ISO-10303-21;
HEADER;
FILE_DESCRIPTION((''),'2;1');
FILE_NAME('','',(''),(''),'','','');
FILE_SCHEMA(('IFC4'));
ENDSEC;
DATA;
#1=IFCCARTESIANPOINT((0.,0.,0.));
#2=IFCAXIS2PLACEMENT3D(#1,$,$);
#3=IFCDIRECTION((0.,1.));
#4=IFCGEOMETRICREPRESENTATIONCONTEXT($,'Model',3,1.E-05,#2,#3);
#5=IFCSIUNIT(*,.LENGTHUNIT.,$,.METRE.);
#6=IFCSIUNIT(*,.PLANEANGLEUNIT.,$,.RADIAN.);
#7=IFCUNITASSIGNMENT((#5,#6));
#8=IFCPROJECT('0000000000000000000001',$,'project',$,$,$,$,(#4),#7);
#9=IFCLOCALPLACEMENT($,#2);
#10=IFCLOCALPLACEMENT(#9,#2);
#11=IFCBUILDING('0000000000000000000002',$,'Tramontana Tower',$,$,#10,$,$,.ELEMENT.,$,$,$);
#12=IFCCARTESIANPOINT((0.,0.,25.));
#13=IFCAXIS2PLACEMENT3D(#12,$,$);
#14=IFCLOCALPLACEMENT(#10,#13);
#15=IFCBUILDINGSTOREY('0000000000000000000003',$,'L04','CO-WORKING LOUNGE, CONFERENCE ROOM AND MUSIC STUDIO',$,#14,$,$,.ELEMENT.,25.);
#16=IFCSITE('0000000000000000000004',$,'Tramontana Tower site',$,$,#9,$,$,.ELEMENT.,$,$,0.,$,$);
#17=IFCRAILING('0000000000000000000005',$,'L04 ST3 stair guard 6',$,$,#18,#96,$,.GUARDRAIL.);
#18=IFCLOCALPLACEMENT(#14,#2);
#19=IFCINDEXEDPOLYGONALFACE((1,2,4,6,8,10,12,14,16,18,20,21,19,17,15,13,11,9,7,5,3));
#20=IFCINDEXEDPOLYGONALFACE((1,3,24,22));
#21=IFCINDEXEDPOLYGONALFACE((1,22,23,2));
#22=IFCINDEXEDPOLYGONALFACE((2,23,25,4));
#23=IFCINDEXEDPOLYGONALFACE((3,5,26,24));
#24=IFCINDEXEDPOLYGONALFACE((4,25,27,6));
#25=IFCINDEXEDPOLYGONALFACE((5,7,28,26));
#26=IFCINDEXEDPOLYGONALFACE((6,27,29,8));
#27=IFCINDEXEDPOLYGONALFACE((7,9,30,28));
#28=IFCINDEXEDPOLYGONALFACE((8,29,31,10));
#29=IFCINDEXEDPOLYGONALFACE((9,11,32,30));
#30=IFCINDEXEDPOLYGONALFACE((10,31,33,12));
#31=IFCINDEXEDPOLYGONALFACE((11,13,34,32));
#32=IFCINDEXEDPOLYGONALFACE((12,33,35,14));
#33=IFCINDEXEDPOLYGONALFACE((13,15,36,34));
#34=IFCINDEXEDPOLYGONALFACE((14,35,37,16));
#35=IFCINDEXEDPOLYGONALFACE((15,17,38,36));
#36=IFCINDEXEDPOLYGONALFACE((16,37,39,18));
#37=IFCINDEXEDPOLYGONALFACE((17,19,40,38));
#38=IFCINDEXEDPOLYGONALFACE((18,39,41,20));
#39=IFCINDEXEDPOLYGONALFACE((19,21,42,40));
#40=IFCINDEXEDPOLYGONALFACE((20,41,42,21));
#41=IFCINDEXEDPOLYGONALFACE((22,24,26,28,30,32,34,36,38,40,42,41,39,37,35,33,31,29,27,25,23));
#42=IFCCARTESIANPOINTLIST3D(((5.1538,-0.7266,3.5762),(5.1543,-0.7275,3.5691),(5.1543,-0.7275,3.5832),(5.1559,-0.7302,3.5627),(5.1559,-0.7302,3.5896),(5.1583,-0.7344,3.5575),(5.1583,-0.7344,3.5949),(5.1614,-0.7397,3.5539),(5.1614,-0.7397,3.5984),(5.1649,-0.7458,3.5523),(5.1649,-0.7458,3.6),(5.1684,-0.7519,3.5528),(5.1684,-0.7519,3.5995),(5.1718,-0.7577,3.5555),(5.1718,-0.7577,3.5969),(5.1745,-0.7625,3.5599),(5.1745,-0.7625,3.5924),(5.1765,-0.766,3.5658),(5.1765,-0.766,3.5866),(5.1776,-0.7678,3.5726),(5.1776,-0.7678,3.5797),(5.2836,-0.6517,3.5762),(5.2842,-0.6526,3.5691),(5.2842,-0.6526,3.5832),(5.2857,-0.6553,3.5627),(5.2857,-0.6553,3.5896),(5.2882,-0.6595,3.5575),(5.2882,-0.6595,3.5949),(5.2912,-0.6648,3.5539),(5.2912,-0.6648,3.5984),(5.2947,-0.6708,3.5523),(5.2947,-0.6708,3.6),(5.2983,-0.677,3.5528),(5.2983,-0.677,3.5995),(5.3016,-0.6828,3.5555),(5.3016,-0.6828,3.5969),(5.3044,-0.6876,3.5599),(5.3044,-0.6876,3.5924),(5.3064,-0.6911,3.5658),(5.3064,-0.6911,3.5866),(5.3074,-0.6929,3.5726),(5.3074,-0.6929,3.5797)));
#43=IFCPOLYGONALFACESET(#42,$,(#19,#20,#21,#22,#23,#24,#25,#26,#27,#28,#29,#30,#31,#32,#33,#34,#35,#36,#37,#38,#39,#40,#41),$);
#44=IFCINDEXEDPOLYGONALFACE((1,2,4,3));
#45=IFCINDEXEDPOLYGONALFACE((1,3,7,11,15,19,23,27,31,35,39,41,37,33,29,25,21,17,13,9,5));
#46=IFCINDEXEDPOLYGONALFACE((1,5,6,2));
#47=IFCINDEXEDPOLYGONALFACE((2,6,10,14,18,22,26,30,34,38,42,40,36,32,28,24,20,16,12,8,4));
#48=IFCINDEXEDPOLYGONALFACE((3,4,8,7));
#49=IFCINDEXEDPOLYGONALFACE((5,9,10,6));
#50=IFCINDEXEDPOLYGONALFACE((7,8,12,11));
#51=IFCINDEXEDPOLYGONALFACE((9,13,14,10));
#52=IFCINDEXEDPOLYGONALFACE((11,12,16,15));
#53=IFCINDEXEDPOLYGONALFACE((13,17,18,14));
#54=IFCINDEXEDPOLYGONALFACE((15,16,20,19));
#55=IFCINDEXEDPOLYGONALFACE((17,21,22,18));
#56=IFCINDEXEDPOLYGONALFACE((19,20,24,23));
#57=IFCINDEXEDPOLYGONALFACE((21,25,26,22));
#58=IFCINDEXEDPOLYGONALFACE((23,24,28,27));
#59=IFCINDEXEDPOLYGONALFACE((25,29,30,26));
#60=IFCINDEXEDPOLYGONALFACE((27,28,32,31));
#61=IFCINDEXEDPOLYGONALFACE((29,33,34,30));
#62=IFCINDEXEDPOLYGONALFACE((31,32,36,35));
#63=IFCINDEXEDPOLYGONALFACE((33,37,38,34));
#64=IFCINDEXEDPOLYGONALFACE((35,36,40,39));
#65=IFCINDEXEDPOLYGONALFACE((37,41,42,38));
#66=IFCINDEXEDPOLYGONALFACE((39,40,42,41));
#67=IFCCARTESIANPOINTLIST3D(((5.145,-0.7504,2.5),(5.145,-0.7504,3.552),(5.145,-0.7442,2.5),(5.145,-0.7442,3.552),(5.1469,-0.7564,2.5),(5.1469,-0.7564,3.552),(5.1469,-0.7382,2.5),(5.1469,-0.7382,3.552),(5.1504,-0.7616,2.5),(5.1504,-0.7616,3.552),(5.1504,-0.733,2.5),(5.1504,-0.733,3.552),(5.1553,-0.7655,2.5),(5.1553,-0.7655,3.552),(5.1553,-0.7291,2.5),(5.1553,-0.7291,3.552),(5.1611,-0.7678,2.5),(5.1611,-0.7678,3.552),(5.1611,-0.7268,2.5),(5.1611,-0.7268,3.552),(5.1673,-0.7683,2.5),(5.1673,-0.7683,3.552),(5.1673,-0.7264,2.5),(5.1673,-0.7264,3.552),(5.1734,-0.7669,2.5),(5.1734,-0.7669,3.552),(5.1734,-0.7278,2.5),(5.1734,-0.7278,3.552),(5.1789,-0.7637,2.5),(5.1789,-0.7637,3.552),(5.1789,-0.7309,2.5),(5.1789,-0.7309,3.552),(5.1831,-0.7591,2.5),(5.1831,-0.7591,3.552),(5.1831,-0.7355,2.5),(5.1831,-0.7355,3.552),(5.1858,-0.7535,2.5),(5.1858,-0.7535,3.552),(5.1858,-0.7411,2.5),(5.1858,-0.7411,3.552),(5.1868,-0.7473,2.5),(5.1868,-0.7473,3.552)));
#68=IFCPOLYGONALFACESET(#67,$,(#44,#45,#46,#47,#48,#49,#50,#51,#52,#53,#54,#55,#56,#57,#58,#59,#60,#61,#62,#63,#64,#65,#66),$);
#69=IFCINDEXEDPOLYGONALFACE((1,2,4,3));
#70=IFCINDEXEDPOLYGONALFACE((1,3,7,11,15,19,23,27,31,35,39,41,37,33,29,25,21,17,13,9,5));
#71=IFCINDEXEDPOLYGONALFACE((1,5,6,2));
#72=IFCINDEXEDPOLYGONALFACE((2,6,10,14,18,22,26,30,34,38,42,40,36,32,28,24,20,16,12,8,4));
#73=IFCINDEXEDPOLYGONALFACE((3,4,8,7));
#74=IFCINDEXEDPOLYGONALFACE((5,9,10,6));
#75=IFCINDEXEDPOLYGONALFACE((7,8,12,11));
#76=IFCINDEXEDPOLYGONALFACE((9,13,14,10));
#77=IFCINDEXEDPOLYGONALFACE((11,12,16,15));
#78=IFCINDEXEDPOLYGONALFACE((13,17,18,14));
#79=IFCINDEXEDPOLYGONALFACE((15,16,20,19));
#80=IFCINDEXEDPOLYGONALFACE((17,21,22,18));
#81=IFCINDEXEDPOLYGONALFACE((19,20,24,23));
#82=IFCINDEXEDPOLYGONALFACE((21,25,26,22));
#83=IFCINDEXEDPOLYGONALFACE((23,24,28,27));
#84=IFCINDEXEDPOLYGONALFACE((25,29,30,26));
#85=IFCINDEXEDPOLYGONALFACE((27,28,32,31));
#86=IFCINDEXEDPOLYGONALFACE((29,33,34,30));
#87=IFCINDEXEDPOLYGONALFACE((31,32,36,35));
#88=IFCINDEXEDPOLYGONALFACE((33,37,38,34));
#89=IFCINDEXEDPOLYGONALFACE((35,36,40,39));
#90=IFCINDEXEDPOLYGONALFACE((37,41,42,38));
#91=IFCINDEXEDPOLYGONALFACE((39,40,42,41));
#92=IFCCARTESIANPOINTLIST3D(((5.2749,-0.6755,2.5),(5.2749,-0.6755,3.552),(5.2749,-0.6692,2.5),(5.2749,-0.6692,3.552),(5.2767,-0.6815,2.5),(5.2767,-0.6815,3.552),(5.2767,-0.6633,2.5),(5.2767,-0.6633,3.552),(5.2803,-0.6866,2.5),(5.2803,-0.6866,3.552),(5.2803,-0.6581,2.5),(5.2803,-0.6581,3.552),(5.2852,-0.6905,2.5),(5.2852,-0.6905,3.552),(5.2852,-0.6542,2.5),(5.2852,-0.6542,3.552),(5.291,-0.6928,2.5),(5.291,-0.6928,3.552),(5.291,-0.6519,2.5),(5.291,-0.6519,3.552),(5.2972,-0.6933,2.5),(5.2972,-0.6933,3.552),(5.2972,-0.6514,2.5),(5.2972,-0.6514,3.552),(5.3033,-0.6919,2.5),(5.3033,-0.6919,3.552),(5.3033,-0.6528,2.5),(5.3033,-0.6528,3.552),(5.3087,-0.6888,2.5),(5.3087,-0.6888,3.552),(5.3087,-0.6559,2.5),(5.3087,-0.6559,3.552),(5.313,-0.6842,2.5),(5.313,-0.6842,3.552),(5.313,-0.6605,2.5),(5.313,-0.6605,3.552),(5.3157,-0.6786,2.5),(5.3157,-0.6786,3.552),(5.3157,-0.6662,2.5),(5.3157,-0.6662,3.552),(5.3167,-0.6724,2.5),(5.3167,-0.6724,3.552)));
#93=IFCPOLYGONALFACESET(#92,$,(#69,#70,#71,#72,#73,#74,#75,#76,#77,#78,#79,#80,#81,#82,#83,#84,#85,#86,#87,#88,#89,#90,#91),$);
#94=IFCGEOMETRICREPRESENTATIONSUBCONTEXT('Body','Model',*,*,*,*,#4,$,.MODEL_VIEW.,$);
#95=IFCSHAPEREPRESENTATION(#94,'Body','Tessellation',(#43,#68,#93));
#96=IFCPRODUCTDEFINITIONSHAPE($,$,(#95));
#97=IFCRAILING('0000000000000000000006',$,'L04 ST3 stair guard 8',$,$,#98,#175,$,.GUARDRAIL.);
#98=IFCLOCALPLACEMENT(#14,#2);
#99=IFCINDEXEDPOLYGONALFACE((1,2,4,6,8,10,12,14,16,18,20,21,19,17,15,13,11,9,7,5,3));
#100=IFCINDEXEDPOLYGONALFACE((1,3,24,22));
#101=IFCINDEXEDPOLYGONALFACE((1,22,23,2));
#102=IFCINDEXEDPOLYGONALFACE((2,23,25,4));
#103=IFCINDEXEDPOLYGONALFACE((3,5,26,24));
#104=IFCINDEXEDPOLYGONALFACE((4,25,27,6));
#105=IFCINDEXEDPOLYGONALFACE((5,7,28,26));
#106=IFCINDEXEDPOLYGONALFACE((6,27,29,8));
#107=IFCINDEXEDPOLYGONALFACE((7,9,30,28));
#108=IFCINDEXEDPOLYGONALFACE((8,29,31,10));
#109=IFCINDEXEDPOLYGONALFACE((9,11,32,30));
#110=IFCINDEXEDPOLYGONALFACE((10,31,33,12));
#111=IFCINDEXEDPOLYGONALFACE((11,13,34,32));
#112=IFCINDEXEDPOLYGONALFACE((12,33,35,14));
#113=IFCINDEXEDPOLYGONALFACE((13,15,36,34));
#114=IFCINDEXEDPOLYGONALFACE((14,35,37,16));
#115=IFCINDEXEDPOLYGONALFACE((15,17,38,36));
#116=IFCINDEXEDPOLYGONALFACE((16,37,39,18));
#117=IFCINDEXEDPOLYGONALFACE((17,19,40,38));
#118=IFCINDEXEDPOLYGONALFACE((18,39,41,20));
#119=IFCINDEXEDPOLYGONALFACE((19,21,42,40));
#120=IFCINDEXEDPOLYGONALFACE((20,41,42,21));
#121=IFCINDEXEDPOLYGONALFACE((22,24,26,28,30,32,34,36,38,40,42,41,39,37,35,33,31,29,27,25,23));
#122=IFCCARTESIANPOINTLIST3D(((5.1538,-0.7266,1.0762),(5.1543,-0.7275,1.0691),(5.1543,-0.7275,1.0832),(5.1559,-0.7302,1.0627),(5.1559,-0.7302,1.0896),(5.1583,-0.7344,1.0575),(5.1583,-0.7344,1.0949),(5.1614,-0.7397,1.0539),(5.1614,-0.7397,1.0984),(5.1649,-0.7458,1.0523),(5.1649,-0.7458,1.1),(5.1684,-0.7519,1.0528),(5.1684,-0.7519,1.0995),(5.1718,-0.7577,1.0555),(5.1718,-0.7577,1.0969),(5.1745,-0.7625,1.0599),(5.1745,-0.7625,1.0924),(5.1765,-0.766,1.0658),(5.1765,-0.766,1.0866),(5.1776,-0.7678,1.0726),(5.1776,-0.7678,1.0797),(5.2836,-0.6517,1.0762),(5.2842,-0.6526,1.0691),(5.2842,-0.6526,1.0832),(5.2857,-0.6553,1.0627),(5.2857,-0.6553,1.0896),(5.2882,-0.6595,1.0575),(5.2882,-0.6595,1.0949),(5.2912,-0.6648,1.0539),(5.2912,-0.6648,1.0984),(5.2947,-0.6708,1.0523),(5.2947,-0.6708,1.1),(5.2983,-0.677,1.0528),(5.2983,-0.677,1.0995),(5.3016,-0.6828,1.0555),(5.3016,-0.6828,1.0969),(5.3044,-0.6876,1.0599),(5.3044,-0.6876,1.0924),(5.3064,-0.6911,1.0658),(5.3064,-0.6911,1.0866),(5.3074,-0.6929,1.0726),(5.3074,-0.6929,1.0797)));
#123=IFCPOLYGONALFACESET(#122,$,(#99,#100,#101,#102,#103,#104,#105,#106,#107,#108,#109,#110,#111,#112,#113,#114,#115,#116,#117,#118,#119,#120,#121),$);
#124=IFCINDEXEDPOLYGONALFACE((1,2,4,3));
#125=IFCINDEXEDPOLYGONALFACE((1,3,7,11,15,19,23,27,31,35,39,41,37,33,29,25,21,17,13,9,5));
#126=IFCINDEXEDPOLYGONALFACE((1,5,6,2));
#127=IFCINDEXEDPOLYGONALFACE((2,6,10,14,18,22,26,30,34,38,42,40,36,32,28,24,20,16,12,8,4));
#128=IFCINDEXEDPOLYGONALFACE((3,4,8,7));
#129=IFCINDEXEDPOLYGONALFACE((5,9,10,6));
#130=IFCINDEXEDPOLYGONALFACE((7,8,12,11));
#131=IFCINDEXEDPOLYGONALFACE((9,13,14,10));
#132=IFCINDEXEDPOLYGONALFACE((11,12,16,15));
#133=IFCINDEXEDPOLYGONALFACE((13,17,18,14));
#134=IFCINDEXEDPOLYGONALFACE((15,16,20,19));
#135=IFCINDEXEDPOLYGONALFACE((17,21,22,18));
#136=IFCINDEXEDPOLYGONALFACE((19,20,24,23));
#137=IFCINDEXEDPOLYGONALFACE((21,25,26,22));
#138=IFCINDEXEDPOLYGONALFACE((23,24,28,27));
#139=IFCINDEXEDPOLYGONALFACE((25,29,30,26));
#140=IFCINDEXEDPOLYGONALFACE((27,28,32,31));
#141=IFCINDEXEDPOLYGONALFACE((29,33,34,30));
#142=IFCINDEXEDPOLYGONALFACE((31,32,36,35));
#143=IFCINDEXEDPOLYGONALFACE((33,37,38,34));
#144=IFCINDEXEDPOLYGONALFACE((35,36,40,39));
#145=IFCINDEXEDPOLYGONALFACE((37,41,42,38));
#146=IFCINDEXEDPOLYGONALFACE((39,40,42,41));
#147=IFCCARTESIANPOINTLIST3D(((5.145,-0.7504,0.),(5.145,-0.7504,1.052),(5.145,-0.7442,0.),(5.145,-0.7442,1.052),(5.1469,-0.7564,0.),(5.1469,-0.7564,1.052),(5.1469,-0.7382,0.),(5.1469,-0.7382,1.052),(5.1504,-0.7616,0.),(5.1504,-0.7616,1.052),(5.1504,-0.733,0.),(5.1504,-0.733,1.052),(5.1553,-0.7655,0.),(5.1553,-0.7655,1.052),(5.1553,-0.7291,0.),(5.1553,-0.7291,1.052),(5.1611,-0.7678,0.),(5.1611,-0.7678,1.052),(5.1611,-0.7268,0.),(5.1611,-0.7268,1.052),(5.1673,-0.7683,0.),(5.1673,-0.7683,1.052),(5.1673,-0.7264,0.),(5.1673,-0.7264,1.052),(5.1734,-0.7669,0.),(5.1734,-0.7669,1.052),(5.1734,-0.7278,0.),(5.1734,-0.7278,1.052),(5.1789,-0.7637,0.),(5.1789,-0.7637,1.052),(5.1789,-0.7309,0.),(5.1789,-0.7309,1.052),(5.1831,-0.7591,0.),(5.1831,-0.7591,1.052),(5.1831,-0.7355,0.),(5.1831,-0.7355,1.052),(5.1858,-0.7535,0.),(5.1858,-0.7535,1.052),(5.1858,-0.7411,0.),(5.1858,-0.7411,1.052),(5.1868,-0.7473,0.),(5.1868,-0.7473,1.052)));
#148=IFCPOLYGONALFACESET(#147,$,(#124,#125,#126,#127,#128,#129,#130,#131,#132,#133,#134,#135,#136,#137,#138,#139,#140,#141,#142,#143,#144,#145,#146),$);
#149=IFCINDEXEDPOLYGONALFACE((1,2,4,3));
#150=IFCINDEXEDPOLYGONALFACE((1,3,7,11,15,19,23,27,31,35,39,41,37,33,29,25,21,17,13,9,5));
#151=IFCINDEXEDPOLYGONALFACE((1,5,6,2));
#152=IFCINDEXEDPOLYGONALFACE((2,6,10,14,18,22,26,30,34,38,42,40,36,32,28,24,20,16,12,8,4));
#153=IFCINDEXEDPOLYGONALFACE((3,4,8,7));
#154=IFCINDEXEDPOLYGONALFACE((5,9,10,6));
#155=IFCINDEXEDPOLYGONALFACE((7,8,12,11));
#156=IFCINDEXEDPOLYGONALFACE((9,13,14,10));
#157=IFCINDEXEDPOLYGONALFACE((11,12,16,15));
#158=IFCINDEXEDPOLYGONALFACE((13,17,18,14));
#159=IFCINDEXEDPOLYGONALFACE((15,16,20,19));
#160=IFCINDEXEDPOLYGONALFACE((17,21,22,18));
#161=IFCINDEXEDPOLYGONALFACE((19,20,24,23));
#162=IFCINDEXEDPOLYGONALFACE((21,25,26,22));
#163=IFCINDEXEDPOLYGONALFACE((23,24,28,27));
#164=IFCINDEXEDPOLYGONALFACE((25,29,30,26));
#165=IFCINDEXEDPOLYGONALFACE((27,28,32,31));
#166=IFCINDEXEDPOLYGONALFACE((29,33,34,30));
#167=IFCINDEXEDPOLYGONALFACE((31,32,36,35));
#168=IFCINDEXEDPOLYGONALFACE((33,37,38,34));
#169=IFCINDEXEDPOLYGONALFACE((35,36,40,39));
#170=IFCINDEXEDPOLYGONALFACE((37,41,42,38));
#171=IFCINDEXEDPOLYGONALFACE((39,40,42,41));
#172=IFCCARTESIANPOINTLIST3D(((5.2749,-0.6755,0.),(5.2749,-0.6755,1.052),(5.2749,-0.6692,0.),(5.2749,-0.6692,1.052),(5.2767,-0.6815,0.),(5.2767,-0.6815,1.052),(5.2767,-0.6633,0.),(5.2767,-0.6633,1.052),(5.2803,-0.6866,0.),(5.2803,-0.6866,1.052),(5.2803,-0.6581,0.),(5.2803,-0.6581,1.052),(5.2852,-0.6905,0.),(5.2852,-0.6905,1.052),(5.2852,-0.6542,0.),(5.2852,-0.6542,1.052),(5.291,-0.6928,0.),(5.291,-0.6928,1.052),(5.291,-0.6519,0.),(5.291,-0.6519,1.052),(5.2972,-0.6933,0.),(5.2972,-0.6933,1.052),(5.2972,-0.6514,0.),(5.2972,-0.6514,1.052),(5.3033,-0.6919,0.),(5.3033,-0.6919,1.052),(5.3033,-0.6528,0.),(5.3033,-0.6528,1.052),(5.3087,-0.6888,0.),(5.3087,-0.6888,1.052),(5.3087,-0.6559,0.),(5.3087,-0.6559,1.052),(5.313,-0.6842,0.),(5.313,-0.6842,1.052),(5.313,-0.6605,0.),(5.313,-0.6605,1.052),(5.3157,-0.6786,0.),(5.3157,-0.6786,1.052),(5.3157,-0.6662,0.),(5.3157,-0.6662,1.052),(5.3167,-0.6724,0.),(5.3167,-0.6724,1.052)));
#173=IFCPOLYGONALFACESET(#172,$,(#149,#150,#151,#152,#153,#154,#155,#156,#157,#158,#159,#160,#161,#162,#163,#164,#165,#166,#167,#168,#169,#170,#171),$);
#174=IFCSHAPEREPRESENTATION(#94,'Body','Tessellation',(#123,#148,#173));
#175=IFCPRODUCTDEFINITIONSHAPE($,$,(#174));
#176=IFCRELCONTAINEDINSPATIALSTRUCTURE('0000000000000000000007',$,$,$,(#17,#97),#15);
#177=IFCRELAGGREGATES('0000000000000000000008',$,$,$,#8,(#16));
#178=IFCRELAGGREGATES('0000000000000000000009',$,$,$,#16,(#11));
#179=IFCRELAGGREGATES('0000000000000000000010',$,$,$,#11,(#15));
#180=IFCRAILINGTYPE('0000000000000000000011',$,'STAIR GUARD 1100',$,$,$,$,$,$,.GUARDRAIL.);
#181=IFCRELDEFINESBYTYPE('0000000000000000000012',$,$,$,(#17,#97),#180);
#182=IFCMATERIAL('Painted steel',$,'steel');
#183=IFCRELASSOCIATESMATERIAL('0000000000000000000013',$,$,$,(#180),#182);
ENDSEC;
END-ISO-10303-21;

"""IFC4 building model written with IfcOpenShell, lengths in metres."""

from ifc_helpers import new_model, si_unit, direction, frame, origin, origin_2d, place, context, subcontext, project, spatial, circle, extrude, material, type_object, element, save


model = new_model("IFC4")

# Units and contexts
model_context = context("Model", 3, precision=1e-05, world=origin(), true_north=direction((0.0, 1.0)))
body_context = subcontext(model_context, "Body", "Model", "MODEL_VIEW")
ifc_project = project(units=[si_unit("LENGTHUNIT", "METRE"), si_unit("PLANEANGLEUNIT", "RADIAN")], contexts=[model_context])

# Site, building, storey
site_placement = place(None, origin())
site = spatial("IfcSite", under=ifc_project, at=site_placement, Name="Tramontana Tower site", CompositionType="ELEMENT", RefElevation=0.0)
building_placement = place(site_placement, origin())
building = spatial("IfcBuilding", under=site, at=building_placement, Name="Tramontana Tower", CompositionType="ELEMENT")
storey_placement = place(building_placement, frame((0.0, 0.0, 25.0)))
storey = spatial("IfcBuildingStorey", under=building, at=storey_placement, Name="L04", Description="CO-WORKING LOUNGE, CONFERENCE ROOM AND MUSIC STUDIO", CompositionType="ELEMENT", Elevation=25.0)

# Railings
ifc_material_1 = material(Name="Painted steel", Category="steel")
railing_type_1 = type_object("IfcRailingType", Name="STAIR GUARD 1100", PredefinedType="GUARDRAIL", material=ifc_material_1)
for number, where, name in (
    (1, (5.1658, -0.7473, 2.5), "L04 ST3 stair guard 6"),
    (2, (5.1658, -0.7473, 0.0), "L04 ST3 stair guard 8"),
):
    element("IfcRailing", number, at=place(storey_placement, frame(where)), inside=storey, type_object=railing_type_1, Name=name, PredefinedType="GUARDRAIL", context=body_context, shape_type="SweptSolid", body=[
        extrude(circle(Radius=0.0239, at=origin_2d()), frame((0.0, 0.0, 1.0762), z_axis=(0.866131, 0.499816, 0.0), x_axis=(-0.499816, 0.866131, 0.0)), (0.0, 0.0, 1.0), 0.1499),
        extrude(circle(Radius=0.021, at=origin_2d()), origin(), (0.0, 0.0, 1.0), 1.052),
        extrude(circle(Radius=0.021, at=origin_2d()), frame((0.1299, 0.075, 0.0)), (0.0, 0.0, 1.0), 1.052),
    ])

save(model, "model.ifc")
